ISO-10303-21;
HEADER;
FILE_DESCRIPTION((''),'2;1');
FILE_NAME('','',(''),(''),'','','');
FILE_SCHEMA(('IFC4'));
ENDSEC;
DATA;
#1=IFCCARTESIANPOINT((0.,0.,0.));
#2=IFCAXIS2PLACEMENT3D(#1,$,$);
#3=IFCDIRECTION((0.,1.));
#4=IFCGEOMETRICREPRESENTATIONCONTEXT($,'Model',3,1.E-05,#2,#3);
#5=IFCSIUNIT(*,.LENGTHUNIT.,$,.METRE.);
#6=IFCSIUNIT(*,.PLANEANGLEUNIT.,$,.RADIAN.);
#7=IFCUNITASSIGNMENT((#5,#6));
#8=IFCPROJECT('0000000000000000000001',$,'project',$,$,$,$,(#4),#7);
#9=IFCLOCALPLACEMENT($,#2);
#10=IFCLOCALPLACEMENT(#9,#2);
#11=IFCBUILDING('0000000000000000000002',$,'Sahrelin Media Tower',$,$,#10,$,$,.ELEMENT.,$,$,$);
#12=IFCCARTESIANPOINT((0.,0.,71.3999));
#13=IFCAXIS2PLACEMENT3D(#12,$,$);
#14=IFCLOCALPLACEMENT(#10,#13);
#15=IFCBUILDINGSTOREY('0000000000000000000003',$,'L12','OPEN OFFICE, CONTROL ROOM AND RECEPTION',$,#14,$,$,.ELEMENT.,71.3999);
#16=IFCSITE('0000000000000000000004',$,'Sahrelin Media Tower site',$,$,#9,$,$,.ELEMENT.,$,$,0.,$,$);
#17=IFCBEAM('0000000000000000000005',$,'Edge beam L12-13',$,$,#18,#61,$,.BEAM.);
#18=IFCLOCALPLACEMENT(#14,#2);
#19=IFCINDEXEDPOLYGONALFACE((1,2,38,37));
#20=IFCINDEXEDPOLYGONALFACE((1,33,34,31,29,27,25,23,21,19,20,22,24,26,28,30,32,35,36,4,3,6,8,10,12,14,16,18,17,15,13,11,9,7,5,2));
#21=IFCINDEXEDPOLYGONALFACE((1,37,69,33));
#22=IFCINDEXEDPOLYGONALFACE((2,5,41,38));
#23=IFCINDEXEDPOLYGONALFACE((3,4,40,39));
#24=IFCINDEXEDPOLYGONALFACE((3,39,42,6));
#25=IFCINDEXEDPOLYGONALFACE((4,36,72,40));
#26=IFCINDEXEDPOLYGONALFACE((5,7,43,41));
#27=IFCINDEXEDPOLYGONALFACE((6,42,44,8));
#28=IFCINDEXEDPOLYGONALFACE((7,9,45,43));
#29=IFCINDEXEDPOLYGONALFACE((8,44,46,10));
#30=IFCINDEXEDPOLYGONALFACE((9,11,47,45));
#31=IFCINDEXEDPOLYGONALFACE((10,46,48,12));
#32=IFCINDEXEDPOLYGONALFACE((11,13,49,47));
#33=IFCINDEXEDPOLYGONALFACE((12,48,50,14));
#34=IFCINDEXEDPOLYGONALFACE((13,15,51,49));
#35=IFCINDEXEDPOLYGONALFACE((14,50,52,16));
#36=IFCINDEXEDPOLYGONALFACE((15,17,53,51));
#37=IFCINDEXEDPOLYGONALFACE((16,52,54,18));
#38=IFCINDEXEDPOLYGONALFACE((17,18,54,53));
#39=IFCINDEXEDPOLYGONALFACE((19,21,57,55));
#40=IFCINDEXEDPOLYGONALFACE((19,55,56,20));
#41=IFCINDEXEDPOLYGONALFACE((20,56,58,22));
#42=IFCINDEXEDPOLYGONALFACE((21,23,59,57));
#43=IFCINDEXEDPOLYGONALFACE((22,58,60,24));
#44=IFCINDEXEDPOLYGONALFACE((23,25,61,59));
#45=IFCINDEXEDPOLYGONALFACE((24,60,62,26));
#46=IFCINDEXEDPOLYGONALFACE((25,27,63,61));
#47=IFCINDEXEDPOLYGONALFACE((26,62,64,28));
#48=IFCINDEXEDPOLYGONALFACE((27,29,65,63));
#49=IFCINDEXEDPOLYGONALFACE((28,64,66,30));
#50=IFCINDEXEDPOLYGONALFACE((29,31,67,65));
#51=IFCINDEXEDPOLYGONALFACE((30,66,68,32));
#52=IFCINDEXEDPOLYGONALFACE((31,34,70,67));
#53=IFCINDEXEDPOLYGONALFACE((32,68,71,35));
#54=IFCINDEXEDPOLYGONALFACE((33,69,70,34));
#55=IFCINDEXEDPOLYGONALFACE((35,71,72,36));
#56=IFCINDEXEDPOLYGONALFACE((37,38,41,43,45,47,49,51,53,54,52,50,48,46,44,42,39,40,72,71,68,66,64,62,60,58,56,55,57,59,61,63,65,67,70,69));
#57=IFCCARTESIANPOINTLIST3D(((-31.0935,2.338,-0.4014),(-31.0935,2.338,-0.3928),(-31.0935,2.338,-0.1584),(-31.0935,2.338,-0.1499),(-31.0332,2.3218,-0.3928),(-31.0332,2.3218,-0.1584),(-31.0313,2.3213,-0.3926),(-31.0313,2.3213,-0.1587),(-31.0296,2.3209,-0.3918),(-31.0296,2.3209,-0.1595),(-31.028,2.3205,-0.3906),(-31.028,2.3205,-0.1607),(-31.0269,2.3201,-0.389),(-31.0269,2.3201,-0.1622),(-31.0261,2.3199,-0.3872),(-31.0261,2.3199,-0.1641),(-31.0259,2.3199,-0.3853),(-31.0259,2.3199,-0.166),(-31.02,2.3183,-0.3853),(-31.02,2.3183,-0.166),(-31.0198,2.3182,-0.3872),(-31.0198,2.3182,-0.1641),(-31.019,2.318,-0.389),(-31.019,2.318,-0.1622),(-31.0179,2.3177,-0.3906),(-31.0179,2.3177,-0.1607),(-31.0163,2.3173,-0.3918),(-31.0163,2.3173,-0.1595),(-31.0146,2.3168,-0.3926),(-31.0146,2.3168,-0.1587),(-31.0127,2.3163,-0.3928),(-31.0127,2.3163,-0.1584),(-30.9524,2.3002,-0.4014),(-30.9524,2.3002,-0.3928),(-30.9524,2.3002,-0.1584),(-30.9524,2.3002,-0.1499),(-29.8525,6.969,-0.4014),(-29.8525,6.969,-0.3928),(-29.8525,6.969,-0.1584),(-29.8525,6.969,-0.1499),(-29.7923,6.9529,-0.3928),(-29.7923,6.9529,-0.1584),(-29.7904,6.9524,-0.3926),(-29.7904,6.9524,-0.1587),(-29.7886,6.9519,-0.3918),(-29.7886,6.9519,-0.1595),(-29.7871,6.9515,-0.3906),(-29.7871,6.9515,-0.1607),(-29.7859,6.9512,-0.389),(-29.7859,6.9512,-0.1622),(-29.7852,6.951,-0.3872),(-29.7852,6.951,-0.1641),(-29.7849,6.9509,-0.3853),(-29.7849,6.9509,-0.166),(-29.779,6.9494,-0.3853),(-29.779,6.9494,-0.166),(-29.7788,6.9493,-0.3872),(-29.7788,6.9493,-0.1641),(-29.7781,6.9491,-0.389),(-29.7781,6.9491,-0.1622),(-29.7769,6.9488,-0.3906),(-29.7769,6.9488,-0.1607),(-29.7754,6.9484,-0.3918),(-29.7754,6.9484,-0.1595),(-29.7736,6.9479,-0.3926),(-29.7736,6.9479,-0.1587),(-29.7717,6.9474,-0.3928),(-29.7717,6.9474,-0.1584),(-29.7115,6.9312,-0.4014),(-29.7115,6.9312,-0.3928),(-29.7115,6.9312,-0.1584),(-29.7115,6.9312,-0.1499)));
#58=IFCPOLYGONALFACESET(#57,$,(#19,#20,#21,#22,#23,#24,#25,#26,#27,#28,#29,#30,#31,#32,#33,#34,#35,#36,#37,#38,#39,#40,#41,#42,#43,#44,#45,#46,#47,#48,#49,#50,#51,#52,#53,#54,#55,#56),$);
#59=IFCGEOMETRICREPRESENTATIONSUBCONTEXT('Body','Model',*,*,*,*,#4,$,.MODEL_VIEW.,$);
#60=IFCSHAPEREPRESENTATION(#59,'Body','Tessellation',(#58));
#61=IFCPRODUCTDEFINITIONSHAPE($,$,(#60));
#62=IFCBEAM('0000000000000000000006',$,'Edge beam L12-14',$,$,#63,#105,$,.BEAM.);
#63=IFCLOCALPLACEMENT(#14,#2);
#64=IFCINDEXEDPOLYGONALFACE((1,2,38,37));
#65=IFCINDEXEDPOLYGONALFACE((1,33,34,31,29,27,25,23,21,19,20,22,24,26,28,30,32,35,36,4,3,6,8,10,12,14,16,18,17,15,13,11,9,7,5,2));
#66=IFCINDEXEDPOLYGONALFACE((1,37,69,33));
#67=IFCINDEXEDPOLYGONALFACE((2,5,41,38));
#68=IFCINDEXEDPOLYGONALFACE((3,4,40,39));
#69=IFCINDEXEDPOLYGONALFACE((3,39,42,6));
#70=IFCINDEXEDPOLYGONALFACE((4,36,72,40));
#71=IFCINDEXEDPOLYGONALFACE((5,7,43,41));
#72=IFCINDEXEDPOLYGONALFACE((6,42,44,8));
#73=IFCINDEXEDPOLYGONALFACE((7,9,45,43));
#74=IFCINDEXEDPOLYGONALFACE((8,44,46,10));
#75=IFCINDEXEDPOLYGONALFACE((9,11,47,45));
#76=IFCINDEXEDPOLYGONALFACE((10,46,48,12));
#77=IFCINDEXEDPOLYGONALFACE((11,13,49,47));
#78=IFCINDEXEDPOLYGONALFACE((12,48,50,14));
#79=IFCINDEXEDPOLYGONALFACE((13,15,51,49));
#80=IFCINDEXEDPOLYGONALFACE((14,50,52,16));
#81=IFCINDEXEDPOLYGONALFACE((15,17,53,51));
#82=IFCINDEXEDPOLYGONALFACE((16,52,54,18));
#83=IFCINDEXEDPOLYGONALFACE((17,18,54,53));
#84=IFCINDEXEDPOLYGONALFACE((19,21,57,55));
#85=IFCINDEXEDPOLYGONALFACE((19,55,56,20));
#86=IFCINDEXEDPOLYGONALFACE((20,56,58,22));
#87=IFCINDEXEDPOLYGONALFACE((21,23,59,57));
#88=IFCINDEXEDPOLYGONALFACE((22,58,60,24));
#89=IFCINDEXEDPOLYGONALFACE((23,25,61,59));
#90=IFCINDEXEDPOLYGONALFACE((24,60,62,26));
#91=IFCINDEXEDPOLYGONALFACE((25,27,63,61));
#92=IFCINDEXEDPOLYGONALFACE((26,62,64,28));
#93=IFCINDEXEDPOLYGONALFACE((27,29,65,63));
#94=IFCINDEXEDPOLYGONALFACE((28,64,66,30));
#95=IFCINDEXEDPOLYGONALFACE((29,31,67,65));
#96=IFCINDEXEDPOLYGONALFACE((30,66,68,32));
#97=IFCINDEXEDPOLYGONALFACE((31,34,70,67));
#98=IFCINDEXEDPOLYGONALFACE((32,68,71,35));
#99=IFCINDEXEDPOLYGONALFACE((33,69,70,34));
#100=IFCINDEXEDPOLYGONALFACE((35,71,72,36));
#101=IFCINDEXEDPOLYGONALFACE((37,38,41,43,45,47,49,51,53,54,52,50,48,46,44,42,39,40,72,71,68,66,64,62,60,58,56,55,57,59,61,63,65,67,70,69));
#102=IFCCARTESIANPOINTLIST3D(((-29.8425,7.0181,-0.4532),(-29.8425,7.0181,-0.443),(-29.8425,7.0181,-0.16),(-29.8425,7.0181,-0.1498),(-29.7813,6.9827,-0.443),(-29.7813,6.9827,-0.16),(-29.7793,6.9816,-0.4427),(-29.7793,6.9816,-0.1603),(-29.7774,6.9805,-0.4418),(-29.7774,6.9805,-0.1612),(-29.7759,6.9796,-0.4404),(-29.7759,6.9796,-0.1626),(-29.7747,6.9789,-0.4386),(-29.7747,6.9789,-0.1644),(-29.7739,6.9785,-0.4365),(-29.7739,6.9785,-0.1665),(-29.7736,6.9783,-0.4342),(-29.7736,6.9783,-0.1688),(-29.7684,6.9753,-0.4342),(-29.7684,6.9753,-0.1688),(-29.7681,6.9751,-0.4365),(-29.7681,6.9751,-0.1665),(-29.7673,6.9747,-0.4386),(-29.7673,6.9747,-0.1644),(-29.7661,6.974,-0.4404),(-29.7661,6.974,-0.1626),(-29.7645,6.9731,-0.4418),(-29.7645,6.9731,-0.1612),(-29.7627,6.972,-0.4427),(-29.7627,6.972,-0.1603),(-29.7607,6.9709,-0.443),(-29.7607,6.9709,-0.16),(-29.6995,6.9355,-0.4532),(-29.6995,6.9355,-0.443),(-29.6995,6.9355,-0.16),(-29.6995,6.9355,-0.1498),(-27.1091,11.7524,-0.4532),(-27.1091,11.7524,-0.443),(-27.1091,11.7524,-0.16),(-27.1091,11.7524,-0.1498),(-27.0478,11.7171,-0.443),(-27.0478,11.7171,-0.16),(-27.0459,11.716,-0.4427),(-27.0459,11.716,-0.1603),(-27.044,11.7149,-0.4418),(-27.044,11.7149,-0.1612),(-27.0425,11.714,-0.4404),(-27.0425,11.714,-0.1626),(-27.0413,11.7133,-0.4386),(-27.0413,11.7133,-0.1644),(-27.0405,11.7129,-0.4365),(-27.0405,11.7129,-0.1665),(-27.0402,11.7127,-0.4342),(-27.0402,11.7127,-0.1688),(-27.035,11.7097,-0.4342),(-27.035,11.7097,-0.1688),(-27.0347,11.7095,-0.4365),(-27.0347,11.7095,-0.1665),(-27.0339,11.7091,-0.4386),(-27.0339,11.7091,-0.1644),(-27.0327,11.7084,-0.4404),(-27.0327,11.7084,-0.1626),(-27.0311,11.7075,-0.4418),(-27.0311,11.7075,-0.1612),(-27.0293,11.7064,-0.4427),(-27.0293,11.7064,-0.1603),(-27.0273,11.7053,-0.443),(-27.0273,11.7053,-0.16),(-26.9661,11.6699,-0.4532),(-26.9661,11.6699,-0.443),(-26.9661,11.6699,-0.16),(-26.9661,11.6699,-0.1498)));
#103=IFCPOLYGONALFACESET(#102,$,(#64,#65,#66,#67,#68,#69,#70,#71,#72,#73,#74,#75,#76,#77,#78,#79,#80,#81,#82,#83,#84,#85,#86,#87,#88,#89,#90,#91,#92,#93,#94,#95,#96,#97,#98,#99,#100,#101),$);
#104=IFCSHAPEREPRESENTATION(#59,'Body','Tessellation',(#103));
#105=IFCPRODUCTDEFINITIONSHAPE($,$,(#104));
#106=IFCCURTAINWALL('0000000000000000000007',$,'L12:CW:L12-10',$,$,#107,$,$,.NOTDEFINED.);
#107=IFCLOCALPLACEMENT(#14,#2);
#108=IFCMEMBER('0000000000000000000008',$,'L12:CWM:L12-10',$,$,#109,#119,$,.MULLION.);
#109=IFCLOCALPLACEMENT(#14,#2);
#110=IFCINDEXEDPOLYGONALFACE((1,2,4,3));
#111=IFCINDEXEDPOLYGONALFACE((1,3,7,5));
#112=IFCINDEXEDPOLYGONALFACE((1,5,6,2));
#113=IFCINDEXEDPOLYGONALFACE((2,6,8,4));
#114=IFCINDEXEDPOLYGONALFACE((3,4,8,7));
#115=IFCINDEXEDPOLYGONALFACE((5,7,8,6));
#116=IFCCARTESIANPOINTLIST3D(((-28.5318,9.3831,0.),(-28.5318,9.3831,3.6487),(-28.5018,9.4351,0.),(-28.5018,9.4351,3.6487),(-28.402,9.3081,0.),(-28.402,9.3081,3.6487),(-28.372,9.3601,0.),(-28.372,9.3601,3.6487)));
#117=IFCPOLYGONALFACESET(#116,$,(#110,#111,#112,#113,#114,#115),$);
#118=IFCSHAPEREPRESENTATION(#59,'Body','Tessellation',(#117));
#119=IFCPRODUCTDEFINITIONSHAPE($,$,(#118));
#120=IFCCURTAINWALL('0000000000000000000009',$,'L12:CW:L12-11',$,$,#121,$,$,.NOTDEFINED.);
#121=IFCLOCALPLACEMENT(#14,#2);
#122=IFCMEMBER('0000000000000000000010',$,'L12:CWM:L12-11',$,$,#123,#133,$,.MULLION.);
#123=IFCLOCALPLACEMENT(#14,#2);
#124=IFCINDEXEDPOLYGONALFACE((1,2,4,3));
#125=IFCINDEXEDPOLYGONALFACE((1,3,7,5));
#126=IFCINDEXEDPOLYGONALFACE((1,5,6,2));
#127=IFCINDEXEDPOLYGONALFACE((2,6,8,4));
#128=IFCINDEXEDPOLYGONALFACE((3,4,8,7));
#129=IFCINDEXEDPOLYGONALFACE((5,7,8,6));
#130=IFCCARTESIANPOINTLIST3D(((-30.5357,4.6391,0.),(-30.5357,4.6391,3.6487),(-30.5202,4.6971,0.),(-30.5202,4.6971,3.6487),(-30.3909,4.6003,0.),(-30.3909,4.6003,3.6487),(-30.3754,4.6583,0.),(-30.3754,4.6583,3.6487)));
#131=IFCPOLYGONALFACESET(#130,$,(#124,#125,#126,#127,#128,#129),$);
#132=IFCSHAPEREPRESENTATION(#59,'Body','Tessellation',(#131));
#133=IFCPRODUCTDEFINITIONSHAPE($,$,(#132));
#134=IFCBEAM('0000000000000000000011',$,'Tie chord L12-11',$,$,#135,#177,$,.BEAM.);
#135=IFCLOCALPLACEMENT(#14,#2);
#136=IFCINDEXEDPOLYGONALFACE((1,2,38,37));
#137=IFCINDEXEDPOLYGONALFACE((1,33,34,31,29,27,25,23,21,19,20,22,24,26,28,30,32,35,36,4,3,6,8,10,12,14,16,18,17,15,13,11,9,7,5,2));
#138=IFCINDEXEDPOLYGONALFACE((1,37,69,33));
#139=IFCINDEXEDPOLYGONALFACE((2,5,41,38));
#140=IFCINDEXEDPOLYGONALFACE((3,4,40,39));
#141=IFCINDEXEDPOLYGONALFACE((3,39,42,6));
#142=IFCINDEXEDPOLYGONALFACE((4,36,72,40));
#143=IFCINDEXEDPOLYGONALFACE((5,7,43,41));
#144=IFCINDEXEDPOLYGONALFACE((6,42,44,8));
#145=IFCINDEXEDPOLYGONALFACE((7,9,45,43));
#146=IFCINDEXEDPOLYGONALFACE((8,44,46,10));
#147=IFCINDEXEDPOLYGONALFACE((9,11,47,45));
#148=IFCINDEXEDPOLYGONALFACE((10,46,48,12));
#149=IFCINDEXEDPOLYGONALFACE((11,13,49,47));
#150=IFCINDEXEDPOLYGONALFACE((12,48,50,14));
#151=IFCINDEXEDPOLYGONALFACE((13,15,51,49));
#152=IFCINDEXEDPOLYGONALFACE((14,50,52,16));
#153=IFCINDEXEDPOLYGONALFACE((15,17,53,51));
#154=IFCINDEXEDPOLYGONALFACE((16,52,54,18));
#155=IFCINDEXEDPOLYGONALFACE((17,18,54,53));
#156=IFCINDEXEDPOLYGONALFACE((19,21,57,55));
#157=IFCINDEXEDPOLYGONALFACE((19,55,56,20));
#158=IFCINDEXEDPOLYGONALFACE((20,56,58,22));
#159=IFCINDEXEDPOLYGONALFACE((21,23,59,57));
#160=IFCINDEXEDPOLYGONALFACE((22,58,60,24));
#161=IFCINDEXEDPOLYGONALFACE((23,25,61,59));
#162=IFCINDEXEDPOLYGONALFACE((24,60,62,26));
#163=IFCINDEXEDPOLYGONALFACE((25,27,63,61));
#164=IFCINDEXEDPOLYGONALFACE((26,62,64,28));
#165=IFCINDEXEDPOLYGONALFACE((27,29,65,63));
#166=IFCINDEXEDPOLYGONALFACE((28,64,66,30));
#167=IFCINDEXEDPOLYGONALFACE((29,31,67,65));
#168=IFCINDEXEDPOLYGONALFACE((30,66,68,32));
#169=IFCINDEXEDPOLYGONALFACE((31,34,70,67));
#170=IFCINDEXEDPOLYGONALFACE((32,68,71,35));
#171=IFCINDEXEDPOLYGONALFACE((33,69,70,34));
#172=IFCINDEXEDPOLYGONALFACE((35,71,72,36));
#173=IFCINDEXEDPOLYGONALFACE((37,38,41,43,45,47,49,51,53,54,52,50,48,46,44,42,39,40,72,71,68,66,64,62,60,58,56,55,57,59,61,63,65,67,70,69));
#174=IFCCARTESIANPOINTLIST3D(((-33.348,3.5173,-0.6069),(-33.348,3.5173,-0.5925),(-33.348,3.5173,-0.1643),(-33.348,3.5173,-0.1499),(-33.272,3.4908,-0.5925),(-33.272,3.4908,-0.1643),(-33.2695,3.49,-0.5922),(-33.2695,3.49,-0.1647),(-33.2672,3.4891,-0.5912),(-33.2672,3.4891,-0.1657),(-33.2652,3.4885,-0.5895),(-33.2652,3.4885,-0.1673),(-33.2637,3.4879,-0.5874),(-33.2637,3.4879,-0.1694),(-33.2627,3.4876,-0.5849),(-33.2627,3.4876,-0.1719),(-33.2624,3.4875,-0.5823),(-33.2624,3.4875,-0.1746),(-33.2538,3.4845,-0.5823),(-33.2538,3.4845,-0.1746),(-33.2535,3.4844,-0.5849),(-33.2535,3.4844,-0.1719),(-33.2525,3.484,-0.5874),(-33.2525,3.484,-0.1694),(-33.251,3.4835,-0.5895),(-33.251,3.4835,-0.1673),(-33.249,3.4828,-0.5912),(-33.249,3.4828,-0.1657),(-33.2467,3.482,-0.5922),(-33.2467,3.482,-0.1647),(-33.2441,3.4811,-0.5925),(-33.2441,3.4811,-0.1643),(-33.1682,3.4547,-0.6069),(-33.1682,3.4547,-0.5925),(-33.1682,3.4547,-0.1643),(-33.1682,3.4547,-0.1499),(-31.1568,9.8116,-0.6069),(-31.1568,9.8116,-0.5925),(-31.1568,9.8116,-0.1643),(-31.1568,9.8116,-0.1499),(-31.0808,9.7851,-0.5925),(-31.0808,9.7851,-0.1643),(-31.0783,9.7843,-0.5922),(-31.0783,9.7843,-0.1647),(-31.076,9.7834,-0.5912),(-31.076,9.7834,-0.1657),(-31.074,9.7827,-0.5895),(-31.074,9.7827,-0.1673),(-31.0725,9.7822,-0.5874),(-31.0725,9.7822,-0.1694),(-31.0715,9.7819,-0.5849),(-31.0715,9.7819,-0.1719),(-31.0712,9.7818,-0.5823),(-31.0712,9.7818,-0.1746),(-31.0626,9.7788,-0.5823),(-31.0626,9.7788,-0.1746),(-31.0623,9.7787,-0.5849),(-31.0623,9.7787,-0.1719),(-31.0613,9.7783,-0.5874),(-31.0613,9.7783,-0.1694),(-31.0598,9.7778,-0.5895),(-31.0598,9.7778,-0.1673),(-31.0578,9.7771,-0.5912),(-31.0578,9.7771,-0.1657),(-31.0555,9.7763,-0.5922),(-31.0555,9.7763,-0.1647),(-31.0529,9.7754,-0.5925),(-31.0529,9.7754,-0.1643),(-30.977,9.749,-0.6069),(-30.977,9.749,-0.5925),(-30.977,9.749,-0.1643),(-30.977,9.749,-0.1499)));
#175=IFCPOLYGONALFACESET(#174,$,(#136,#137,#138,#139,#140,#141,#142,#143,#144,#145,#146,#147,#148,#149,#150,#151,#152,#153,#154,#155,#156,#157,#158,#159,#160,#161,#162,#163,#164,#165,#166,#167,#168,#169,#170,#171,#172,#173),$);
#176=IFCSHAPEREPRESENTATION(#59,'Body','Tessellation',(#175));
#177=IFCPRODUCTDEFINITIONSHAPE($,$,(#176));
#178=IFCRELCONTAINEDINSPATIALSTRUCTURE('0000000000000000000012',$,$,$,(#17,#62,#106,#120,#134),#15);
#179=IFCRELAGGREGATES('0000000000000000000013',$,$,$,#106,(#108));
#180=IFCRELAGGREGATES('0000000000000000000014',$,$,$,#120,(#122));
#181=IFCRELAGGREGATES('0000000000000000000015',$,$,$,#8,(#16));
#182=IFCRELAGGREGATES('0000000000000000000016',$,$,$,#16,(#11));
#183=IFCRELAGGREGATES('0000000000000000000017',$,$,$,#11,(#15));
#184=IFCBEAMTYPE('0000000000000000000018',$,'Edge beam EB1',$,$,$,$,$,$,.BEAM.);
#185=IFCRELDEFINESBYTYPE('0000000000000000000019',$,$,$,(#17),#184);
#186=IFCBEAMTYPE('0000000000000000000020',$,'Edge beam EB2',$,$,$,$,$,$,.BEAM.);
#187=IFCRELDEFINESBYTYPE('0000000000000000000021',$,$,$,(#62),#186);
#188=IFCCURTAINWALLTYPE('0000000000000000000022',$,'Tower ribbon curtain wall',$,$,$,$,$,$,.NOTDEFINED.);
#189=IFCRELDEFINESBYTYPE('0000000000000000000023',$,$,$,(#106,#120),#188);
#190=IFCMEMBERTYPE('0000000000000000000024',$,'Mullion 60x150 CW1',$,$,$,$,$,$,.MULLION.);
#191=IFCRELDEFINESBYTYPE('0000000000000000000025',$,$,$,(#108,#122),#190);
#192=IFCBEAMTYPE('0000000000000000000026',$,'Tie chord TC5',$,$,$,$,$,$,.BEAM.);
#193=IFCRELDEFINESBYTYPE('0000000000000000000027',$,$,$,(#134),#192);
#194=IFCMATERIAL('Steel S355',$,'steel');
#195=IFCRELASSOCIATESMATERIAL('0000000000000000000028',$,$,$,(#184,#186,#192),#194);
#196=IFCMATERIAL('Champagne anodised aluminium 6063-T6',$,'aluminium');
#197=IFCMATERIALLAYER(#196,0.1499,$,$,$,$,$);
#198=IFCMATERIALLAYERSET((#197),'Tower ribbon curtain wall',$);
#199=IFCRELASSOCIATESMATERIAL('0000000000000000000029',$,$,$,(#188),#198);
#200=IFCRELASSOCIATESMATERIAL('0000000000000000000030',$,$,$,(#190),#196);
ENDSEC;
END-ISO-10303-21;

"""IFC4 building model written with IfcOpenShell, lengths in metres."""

from ifc_helpers import new_model, si_unit, direction, frame, origin, origin_2d, place, context, subcontext, project, spatial, rectangle, i_section, extrude, material, layer, layer_set, material_profile, profile_set, type_object, element, aggregate, save


model = new_model("IFC4")

# Units and contexts
model_context = context("Model", 3, precision=1e-05, world=origin(), true_north=direction((0.0, 1.0)))
body_context = subcontext(model_context, "Body", "Model", "MODEL_VIEW")
ifc_project = project(units=[si_unit("LENGTHUNIT", "METRE"), si_unit("PLANEANGLEUNIT", "RADIAN")], contexts=[model_context])

# Site, building, storey
site_placement = place(None, origin())
site = spatial("IfcSite", under=ifc_project, at=site_placement, Name="Sahrelin Media Tower site", CompositionType="ELEMENT", RefElevation=0.0)
building_placement = place(site_placement, origin())
building = spatial("IfcBuilding", under=site, at=building_placement, Name="Sahrelin Media Tower", CompositionType="ELEMENT")
storey_placement = place(building_placement, frame((0.0, 0.0, 71.3999)))
storey = spatial("IfcBuildingStorey", under=building, at=storey_placement, Name="L12", Description="OPEN OFFICE, CONTROL ROOM AND RECEPTION", CompositionType="ELEMENT", Elevation=71.3999)

# Beams
ifc_material_1 = material(Name="Steel S355", Category="steel")
ifc_material_profile_1 = material_profile(ifc_material_1, i_section(OverallWidth=0.146, OverallDepth=0.2515, WebThickness=0.0061, FlangeThickness=0.0085, FilletRadius=0.0076, at=origin_2d()), Name="UB 254x146x31")
ifc_profile_set_1 = profile_set([ifc_material_profile_1], Name="Steel S355")
beam_type_1 = type_object("IfcBeamType", Name="Edge beam EB1", PredefinedType="BEAM", material=ifc_profile_set_1)
beam_1_placement = place(storey_placement, frame((-31.0229, 2.3191, -0.2756), z_axis=(0.258832, 0.965922, 0.0), x_axis=(-0.965922, 0.258832, 0.0)))
element("IfcBeam", 1, at=beam_1_placement, inside=storey, type_object=beam_type_1, Name="Edge beam L12-13", PredefinedType="BEAM", context=body_context, shape_type="SweptSolid", body=[
    extrude(i_section(OverallWidth=0.146, OverallDepth=0.2515, WebThickness=0.0061, FlangeThickness=0.0085, FilletRadius=0.0076, at=origin_2d()), origin(), (0.0, 0.0, 1.0), 4.7944),
])
ifc_material_profile_2 = material_profile(ifc_material_1, i_section(OverallWidth=0.165, OverallDepth=0.3035, WebThickness=0.0061, FlangeThickness=0.0103, FilletRadius=0.0088, at=origin_2d()), Name="UB 305x165x40")
ifc_profile_set_2 = profile_set([ifc_material_profile_2], Name="Steel S355")
beam_type_2 = type_object("IfcBeamType", Name="Edge beam EB2", PredefinedType="BEAM", material=ifc_profile_set_2)
beam_2_placement = place(storey_placement, frame((-29.771, 6.9768, -0.3015), z_axis=(0.500001, 0.866025, 0.0), x_axis=(-0.866025, 0.500001, 0.0)))
element("IfcBeam", 2, at=beam_2_placement, inside=storey, type_object=beam_type_2, Name="Edge beam L12-14", PredefinedType="BEAM", context=body_context, shape_type="SweptSolid", body=[
    extrude(i_section(OverallWidth=0.165, OverallDepth=0.3035, WebThickness=0.0061, FlangeThickness=0.0103, FilletRadius=0.0088, at=origin_2d()), origin(), (0.0, 0.0, 1.0), 5.4668),
])

# Curtain walls, members
ifc_material_2 = material(Name="Champagne anodised aluminium 6063-T6", Category="aluminium")
ifc_layer_1 = layer(ifc_material_2, 0.1499)
ifc_layer_set_1 = layer_set([ifc_layer_1], Name="Tower ribbon curtain wall")
curtain_wall_type = type_object("IfcCurtainWallType", Name="Tower ribbon curtain wall", PredefinedType="NOTDEFINED", material=ifc_layer_set_1)
curtain_wall_1_placement = place(storey_placement, frame((-28.5342, 9.4189, 0.0), z_axis=(0.0, 0.0, 1.0), x_axis=(1.0, 0.0, 0.0)))
curtain_wall_1 = element("IfcCurtainWall", 3, at=curtain_wall_1_placement, inside=storey, type_object=curtain_wall_type, Name="L12:CW:L12-10", PredefinedType="NOTDEFINED")
ifc_material_profile_3 = material_profile(ifc_material_2, rectangle(XDim=0.0601, YDim=0.1499, at=origin_2d()), Name="Mullion 60x150")
ifc_profile_set_3 = profile_set([ifc_material_profile_3], Name="Champagne anodised aluminium 6063-T6")
member_type_1 = type_object("IfcMemberType", Name="Mullion 60x150 CW1", PredefinedType="MULLION", material=ifc_profile_set_3)
member_1_placement = place(storey_placement, frame((-28.4519, 9.3716, 0.0), z_axis=(0.0, 0.0, 1.0), x_axis=(-0.5, -0.866025, 0.0)))
member_1 = element("IfcMember", 4, at=member_1_placement, type_object=member_type_1, Name="L12:CWM:L12-10", PredefinedType="MULLION", context=body_context, shape_type="SweptSolid", body=[
    extrude(rectangle(XDim=0.0601, YDim=0.1499, at=origin_2d()), origin(), (0.0, 0.0, 1.0), 3.6487),
])
aggregate(curtain_wall_1, [member_1])
curtain_wall_2_placement = place(storey_placement, frame((-30.5474, 4.6733, 0.0), z_axis=(0.0, 0.0, 1.0), x_axis=(1.0, 0.0, 0.0)))
curtain_wall_2 = element("IfcCurtainWall", 5, at=curtain_wall_2_placement, inside=storey, type_object=curtain_wall_type, Name="L12:CW:L12-11", PredefinedType="NOTDEFINED")
member_2_placement = place(storey_placement, frame((-30.4556, 4.6487, 0.0), z_axis=(0.0, 0.0, 1.0), x_axis=(-0.258807, -0.965929, 0.0)))
member_2 = element("IfcMember", 6, at=member_2_placement, type_object=member_type_1, Name="L12:CWM:L12-11", PredefinedType="MULLION", context=body_context, shape_type="SweptSolid", body=[
    extrude(rectangle(XDim=0.0601, YDim=0.1499, at=origin_2d()), origin(), (0.0, 0.0, 1.0), 3.6487),
])

# Beam
ifc_material_profile_4 = material_profile(ifc_material_1, i_section(OverallWidth=0.1904, OverallDepth=0.457, WebThickness=0.009, FlangeThickness=0.0144, FilletRadius=0.0103, at=origin_2d()), Name="UB 457x191x74")
ifc_profile_set_4 = profile_set([ifc_material_profile_4], Name="Steel S355")
beam_type_3 = type_object("IfcBeamType", Name="Tie chord TC5", PredefinedType="BEAM", material=ifc_profile_set_4)
beam_3_placement = place(storey_placement, frame((-31.0669, 9.7803, -0.3784), z_axis=(-0.328772, -0.944409, 0.0), x_axis=(0.944409, -0.328772, 0.0)))
element("IfcBeam", 7, at=beam_3_placement, inside=storey, type_object=beam_type_3, Name="Tie chord L12-11", PredefinedType="BEAM", context=body_context, shape_type="SweptSolid", body=[
    extrude(i_section(OverallWidth=0.1904, OverallDepth=0.457, WebThickness=0.009, FlangeThickness=0.0144, FilletRadius=0.0103, at=origin_2d()), origin(), (0.0, 0.0, 1.0), 6.6648),
])

aggregate(curtain_wall_2, [member_2])

save(model, "model.ifc")
